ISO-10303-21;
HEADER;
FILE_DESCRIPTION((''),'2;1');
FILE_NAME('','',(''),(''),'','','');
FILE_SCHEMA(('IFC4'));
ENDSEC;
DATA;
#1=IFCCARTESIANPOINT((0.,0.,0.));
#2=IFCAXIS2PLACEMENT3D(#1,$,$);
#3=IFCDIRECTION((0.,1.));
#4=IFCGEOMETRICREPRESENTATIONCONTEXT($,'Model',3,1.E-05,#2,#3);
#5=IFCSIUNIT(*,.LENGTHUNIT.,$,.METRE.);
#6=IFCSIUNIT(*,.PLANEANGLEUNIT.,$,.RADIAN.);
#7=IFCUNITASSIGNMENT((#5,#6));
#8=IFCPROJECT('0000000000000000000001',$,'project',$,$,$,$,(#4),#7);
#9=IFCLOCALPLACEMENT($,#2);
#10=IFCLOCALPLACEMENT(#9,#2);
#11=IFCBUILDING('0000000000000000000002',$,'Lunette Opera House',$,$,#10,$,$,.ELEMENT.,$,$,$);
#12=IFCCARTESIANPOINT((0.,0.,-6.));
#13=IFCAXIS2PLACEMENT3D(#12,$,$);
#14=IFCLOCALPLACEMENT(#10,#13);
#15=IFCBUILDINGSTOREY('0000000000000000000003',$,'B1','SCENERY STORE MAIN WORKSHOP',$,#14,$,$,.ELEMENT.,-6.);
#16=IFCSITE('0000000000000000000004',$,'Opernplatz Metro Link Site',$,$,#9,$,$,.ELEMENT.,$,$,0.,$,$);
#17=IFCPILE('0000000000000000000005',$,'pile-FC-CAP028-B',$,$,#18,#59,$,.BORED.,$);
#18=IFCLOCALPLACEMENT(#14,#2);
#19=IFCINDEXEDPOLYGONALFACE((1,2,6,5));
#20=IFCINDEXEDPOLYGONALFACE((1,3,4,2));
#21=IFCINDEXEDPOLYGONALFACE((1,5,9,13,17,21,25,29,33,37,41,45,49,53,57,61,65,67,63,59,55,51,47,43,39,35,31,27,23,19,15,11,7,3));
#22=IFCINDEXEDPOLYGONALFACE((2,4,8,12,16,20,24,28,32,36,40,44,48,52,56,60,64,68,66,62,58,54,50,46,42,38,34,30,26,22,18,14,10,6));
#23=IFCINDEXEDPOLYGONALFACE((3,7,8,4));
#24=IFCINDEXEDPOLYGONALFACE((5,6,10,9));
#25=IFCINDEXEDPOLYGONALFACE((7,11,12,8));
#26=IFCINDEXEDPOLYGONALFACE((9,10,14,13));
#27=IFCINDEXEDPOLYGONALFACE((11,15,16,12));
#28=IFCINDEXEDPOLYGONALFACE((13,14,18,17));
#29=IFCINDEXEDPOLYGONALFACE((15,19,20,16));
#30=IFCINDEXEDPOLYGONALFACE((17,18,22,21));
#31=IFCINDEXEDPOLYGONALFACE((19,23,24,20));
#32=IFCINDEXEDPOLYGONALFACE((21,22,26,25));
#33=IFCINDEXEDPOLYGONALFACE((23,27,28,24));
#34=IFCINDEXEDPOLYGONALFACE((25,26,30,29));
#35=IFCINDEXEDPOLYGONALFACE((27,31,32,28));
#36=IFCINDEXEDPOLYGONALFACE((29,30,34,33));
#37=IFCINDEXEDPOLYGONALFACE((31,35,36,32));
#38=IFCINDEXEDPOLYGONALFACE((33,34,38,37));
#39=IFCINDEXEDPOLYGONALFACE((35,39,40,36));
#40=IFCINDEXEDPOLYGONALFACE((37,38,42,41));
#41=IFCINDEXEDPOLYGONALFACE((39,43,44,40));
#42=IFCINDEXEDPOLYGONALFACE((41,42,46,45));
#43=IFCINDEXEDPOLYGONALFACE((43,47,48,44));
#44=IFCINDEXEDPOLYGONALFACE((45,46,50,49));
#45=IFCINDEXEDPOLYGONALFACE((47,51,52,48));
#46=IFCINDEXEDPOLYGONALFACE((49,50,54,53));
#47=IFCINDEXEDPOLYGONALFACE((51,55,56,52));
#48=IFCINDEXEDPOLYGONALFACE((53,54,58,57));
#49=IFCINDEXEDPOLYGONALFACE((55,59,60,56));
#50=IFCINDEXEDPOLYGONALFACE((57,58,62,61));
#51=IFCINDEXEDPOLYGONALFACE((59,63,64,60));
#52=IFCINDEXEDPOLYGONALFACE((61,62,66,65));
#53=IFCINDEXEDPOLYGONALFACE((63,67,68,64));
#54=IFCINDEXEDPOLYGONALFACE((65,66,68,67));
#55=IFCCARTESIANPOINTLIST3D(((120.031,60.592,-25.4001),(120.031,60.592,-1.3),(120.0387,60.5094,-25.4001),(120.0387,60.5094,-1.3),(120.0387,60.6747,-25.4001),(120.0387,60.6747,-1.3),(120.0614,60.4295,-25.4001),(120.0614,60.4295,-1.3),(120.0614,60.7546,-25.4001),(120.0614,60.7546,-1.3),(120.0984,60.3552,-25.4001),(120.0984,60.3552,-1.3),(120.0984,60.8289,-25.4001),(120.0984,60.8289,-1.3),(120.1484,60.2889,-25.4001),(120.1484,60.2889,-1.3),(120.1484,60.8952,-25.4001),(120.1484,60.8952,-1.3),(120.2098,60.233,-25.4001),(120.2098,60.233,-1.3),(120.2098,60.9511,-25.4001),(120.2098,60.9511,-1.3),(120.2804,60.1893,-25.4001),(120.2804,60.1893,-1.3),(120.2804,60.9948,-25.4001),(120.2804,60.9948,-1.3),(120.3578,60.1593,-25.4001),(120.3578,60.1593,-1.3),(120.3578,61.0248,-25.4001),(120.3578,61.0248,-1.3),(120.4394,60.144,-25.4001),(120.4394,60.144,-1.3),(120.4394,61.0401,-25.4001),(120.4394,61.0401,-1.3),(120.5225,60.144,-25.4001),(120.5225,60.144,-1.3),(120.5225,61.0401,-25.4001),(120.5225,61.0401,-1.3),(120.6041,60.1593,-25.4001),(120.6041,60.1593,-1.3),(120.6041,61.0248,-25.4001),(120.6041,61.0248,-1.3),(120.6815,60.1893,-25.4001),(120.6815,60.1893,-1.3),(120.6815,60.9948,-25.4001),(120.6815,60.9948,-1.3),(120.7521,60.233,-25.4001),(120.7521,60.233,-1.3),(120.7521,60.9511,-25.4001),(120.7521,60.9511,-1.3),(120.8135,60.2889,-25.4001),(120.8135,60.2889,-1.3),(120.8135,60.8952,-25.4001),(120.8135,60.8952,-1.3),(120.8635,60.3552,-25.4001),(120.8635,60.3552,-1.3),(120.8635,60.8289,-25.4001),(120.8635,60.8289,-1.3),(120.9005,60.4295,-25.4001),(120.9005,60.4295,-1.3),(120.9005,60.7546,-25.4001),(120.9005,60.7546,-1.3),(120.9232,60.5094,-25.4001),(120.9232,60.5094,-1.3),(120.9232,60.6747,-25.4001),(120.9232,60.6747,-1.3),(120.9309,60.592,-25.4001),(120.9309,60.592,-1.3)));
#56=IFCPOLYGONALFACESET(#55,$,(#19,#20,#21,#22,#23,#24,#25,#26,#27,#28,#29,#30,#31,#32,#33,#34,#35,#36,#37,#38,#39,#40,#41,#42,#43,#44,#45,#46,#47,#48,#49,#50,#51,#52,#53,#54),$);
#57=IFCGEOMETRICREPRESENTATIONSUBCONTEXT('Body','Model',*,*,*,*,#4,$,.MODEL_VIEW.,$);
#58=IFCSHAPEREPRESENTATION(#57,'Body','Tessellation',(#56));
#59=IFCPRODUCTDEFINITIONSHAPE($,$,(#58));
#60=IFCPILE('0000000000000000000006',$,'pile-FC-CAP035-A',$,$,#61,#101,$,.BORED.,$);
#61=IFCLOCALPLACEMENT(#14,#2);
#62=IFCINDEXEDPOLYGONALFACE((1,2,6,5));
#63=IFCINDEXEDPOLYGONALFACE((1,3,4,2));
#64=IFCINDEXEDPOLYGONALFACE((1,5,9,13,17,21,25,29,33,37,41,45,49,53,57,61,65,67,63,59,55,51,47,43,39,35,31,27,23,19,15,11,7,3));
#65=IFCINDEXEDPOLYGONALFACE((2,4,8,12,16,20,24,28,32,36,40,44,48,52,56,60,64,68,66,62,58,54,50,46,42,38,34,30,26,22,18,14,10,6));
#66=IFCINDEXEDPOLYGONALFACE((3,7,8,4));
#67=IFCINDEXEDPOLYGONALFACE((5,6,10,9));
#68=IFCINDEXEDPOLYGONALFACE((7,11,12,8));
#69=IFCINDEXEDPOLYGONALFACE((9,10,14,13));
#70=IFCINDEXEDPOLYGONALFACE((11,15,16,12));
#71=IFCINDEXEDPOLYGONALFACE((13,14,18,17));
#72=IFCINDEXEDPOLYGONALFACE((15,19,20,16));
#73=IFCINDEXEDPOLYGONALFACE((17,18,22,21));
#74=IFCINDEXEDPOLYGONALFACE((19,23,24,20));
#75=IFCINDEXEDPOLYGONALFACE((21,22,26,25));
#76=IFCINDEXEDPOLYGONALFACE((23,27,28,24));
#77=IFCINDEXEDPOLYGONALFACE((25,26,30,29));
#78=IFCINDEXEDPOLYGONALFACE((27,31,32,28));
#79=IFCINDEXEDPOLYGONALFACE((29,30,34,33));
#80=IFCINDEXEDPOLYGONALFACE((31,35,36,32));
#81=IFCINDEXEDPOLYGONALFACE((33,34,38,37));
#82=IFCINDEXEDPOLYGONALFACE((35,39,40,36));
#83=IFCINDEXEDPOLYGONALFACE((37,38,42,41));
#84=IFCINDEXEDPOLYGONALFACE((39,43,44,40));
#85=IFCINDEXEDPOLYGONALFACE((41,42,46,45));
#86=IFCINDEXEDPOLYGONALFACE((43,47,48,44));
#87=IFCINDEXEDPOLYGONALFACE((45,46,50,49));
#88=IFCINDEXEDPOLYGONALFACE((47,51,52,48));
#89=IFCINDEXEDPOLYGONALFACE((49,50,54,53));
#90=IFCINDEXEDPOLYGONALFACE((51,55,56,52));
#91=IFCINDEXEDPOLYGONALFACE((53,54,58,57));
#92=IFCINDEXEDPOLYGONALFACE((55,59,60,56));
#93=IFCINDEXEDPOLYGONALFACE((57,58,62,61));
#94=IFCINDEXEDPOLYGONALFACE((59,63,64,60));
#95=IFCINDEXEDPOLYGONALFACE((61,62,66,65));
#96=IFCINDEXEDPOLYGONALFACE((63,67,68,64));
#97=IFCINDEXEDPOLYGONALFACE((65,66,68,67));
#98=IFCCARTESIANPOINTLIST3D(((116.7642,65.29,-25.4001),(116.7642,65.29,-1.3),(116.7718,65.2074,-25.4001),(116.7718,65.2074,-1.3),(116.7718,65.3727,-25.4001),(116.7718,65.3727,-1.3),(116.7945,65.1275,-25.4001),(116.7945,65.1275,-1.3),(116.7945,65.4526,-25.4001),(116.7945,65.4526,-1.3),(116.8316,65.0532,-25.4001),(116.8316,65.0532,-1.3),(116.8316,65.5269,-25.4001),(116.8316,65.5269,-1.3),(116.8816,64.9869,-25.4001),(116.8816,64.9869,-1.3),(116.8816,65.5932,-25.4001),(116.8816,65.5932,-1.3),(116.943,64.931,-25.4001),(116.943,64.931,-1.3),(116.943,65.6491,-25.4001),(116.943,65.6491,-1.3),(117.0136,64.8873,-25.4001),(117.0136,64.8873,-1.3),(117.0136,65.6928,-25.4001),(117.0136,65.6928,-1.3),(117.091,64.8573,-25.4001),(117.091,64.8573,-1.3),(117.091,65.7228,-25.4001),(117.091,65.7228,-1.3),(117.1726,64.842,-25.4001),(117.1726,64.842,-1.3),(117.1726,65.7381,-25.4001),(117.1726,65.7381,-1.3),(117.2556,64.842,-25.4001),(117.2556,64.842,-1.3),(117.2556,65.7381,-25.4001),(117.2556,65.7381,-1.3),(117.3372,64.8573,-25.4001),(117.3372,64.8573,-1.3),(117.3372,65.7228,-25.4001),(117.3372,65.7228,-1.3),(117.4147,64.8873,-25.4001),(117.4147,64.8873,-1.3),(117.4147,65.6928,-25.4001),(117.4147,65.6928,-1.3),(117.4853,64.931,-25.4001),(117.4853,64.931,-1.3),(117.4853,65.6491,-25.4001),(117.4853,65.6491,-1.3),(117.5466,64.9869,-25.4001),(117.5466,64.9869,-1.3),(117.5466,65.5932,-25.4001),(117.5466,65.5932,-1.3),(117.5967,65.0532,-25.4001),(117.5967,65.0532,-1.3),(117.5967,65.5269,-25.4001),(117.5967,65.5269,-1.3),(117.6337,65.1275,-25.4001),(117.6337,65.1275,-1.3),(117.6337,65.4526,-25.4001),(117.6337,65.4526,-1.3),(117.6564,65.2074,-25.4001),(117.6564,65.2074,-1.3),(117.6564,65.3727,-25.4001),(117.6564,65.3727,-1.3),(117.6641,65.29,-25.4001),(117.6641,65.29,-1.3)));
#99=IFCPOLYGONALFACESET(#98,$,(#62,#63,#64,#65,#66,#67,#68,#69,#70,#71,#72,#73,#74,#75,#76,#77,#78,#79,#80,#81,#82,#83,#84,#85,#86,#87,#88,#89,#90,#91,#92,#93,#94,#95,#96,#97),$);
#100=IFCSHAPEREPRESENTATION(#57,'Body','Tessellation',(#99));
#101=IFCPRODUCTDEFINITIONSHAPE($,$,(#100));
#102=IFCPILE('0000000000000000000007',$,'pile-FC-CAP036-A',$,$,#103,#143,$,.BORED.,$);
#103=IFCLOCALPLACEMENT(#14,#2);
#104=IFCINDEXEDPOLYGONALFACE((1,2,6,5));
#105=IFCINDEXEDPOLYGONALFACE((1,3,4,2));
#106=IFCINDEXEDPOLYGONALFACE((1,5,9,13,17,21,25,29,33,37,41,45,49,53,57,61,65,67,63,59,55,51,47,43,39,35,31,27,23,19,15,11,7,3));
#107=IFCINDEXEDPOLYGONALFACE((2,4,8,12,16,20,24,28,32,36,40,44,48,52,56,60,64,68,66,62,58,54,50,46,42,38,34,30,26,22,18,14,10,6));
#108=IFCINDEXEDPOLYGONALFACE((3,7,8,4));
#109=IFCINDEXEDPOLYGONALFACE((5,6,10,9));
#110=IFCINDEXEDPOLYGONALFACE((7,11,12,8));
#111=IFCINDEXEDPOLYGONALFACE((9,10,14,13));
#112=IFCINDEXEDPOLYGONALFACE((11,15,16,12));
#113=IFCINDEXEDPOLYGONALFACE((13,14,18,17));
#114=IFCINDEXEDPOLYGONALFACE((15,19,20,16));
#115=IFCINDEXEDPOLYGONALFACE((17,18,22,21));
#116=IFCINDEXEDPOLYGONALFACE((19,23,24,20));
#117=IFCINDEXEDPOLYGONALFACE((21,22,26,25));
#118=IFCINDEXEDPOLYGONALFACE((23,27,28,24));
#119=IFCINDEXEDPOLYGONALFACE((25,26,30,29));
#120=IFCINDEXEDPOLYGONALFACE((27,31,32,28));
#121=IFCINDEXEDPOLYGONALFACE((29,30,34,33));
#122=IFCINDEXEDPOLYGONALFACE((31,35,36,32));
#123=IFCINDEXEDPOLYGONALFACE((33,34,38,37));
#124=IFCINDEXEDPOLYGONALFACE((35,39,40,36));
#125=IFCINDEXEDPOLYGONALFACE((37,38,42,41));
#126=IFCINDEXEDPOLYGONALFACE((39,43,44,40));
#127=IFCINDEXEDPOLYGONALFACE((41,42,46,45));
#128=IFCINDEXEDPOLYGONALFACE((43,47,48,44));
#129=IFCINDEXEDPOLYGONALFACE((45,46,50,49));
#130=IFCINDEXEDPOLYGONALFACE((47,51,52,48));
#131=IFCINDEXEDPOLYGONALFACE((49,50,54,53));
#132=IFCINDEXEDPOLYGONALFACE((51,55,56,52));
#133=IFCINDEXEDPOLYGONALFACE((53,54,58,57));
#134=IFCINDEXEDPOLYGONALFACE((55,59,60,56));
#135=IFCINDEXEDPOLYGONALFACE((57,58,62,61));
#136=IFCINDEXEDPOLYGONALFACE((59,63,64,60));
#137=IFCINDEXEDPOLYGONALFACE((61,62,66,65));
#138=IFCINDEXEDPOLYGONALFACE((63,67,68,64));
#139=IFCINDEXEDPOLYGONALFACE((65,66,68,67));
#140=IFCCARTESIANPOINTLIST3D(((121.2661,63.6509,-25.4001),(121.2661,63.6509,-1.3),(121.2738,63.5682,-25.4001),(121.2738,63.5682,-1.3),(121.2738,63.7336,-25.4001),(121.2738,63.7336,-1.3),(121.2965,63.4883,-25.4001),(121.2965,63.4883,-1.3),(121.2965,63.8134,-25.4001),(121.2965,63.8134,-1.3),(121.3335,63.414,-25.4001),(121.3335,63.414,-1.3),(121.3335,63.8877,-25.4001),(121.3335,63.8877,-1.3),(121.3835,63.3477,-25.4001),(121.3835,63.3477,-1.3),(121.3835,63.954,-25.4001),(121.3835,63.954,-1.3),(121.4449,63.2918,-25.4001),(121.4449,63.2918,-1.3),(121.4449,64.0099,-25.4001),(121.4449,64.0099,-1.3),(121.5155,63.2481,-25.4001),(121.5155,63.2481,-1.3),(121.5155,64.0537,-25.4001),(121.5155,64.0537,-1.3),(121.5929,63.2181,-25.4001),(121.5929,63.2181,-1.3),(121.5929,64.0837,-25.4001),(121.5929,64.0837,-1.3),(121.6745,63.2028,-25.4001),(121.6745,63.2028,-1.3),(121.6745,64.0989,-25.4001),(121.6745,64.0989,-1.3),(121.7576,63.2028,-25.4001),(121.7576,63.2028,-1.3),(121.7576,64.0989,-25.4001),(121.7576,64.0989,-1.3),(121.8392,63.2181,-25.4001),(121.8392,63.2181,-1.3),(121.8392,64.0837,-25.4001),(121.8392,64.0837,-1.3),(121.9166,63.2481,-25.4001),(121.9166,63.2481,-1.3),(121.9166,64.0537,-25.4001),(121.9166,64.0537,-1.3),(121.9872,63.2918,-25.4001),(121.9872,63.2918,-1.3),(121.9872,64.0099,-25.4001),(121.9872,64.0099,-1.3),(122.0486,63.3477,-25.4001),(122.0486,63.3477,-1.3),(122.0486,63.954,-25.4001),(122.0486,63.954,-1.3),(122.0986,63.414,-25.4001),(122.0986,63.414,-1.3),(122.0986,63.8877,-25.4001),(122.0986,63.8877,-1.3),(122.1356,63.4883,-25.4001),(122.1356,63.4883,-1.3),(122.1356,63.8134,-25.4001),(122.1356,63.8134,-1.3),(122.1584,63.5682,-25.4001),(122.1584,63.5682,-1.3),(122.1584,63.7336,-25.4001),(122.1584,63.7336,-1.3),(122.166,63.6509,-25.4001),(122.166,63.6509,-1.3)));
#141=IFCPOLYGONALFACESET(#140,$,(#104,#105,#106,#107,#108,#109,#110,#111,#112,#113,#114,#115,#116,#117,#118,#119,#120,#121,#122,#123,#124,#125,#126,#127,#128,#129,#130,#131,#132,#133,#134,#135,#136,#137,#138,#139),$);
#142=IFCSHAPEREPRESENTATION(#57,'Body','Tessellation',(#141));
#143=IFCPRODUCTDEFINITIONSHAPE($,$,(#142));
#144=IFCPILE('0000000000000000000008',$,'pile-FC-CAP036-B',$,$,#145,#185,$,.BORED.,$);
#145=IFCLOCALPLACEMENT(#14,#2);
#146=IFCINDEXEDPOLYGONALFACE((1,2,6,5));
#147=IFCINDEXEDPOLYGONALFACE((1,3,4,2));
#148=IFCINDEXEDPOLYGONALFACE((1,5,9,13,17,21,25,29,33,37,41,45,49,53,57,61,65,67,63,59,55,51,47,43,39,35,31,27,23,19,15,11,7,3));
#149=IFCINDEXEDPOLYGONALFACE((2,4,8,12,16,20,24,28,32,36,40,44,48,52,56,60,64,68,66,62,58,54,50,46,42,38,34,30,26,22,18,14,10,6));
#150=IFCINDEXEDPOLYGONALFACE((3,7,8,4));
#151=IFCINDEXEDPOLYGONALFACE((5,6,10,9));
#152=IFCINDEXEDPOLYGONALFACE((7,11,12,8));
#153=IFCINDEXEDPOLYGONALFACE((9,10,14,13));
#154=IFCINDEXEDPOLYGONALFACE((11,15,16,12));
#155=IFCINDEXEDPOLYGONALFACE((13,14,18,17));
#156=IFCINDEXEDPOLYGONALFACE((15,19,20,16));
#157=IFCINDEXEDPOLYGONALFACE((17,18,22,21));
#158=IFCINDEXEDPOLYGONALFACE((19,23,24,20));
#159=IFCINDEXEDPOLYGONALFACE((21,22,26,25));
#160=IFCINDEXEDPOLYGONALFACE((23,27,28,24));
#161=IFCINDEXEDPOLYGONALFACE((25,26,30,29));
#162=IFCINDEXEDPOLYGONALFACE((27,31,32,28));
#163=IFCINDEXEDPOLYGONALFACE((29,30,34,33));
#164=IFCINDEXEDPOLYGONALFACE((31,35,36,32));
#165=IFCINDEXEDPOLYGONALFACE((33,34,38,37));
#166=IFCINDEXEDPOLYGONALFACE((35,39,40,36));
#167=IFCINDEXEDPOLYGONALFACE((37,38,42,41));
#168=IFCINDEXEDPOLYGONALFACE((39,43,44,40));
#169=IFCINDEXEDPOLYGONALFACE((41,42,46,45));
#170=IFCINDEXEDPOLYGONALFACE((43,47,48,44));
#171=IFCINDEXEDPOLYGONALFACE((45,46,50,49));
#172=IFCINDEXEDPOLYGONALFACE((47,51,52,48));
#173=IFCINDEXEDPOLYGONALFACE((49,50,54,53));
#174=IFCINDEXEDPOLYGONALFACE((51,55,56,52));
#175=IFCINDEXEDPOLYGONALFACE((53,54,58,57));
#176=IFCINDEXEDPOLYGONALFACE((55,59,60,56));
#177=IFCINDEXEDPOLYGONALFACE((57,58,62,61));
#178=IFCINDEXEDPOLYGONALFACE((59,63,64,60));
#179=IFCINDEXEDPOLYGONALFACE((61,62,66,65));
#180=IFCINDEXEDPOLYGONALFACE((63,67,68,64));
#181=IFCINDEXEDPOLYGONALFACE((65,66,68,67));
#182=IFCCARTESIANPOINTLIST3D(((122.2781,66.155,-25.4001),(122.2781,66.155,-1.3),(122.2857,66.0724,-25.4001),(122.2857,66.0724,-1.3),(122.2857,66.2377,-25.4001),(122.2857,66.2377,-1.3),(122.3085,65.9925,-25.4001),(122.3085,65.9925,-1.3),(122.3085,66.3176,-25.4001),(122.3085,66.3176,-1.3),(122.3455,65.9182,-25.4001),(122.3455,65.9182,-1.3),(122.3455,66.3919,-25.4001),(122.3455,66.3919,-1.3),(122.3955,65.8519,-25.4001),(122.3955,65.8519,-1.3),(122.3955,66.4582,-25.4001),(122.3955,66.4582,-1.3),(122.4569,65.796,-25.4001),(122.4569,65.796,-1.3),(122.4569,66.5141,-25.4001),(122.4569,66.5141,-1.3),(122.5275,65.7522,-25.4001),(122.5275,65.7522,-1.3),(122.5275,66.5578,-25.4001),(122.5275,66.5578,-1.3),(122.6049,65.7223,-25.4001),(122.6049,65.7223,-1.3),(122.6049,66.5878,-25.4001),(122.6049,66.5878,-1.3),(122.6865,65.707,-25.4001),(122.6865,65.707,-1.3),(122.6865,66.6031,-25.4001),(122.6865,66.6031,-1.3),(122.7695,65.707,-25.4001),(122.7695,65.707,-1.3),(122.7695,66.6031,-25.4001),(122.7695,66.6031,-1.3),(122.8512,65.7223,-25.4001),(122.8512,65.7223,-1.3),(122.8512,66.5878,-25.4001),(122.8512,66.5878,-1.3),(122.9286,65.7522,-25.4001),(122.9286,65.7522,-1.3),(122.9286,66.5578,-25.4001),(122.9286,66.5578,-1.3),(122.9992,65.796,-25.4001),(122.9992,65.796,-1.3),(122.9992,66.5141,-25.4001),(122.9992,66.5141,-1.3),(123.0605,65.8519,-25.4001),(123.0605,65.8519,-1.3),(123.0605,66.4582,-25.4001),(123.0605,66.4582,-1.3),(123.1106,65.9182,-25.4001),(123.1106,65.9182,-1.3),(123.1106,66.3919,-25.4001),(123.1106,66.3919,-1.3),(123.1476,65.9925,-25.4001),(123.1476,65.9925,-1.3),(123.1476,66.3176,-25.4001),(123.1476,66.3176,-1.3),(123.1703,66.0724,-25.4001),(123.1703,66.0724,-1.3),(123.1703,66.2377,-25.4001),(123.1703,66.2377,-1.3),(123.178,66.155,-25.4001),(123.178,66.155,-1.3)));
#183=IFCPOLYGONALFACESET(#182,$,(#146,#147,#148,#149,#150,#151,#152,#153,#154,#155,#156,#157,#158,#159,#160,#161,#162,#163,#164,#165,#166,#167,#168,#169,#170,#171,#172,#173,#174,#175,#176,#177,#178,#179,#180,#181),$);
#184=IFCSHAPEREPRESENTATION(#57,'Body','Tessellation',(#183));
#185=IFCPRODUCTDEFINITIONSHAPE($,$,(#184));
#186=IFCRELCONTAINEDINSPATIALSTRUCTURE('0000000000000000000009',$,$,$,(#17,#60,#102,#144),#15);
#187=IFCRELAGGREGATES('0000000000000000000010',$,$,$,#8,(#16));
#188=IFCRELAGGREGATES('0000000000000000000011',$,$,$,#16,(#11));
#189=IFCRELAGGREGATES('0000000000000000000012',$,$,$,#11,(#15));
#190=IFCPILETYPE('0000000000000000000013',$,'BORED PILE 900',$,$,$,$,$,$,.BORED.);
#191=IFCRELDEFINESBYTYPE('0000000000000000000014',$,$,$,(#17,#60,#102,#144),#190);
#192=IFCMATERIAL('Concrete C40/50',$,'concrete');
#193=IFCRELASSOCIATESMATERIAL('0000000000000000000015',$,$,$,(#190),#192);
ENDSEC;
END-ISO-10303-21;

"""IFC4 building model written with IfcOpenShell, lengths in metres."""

from ifc_helpers import new_model, si_unit, direction, frame, origin, origin_2d, place, context, subcontext, project, spatial, circle, extrude, material, material_profile, profile_set, type_object, element, save


model = new_model("IFC4")

# Units and contexts
model_context = context("Model", 3, precision=1e-05, world=origin(), true_north=direction((0.0, 1.0)))
body_context = subcontext(model_context, "Body", "Model", "MODEL_VIEW")
ifc_project = project(units=[si_unit("LENGTHUNIT", "METRE"), si_unit("PLANEANGLEUNIT", "RADIAN")], contexts=[model_context])

# Site, building, storey
site_placement = place(None, origin())
site = spatial("IfcSite", under=ifc_project, at=site_placement, Name="Opernplatz Metro Link Site", CompositionType="ELEMENT", RefElevation=0.0)
building_placement = place(site_placement, origin())
building = spatial("IfcBuilding", under=site, at=building_placement, Name="Lunette Opera House", CompositionType="ELEMENT")
storey_placement = place(building_placement, frame((0.0, 0.0, -6.0)))
storey = spatial("IfcBuildingStorey", under=building, at=storey_placement, Name="B1", Description="SCENERY STORE MAIN WORKSHOP", CompositionType="ELEMENT", Elevation=-6.0)

# Piles
ifc_material_1 = material(Name="Concrete C40/50", Category="concrete")
ifc_material_profile_1 = material_profile(ifc_material_1, circle(Radius=0.45, at=origin_2d()), Name="BORED PILE 900")
ifc_profile_set_1 = profile_set([ifc_material_profile_1], Name="Concrete C40/50")
pile_type_1 = type_object("IfcPileType", Name="BORED PILE 900", PredefinedType="BORED", material=ifc_profile_set_1)
for number, where, z_axis, x_axis, name in (
    (1, (120.481, 60.592, -1.3), (0.0, 0.0, -1.0), (1.0, 0.0, 0.0), "pile-FC-CAP028-B"),
    (2, (117.2141, 65.29, -1.3), (0.0, 0.0, -1.0), (1.0, 0.0, 0.0), "pile-FC-CAP035-A"),
    (3, (121.7161, 63.6509, -1.3), (0.0, 0.0, -1.0), (1.0, 0.0, 0.0), "pile-FC-CAP036-A"),
    (4, (122.728, 66.155, -1.3), (0.0, 0.0, -1.0), (1.0, 0.0, 0.0), "pile-FC-CAP036-B"),
):
    element("IfcPile", number, at=place(storey_placement, frame(where, z_axis=z_axis, x_axis=x_axis)), inside=storey, type_object=pile_type_1, Name=name, PredefinedType="BORED", context=body_context, shape_type="SweptSolid", body=[
        extrude(circle(Radius=0.45, at=origin_2d()), origin(), (0.0, 0.0, 1.0), 24.1001),
    ])

save(model, "model.ifc")
